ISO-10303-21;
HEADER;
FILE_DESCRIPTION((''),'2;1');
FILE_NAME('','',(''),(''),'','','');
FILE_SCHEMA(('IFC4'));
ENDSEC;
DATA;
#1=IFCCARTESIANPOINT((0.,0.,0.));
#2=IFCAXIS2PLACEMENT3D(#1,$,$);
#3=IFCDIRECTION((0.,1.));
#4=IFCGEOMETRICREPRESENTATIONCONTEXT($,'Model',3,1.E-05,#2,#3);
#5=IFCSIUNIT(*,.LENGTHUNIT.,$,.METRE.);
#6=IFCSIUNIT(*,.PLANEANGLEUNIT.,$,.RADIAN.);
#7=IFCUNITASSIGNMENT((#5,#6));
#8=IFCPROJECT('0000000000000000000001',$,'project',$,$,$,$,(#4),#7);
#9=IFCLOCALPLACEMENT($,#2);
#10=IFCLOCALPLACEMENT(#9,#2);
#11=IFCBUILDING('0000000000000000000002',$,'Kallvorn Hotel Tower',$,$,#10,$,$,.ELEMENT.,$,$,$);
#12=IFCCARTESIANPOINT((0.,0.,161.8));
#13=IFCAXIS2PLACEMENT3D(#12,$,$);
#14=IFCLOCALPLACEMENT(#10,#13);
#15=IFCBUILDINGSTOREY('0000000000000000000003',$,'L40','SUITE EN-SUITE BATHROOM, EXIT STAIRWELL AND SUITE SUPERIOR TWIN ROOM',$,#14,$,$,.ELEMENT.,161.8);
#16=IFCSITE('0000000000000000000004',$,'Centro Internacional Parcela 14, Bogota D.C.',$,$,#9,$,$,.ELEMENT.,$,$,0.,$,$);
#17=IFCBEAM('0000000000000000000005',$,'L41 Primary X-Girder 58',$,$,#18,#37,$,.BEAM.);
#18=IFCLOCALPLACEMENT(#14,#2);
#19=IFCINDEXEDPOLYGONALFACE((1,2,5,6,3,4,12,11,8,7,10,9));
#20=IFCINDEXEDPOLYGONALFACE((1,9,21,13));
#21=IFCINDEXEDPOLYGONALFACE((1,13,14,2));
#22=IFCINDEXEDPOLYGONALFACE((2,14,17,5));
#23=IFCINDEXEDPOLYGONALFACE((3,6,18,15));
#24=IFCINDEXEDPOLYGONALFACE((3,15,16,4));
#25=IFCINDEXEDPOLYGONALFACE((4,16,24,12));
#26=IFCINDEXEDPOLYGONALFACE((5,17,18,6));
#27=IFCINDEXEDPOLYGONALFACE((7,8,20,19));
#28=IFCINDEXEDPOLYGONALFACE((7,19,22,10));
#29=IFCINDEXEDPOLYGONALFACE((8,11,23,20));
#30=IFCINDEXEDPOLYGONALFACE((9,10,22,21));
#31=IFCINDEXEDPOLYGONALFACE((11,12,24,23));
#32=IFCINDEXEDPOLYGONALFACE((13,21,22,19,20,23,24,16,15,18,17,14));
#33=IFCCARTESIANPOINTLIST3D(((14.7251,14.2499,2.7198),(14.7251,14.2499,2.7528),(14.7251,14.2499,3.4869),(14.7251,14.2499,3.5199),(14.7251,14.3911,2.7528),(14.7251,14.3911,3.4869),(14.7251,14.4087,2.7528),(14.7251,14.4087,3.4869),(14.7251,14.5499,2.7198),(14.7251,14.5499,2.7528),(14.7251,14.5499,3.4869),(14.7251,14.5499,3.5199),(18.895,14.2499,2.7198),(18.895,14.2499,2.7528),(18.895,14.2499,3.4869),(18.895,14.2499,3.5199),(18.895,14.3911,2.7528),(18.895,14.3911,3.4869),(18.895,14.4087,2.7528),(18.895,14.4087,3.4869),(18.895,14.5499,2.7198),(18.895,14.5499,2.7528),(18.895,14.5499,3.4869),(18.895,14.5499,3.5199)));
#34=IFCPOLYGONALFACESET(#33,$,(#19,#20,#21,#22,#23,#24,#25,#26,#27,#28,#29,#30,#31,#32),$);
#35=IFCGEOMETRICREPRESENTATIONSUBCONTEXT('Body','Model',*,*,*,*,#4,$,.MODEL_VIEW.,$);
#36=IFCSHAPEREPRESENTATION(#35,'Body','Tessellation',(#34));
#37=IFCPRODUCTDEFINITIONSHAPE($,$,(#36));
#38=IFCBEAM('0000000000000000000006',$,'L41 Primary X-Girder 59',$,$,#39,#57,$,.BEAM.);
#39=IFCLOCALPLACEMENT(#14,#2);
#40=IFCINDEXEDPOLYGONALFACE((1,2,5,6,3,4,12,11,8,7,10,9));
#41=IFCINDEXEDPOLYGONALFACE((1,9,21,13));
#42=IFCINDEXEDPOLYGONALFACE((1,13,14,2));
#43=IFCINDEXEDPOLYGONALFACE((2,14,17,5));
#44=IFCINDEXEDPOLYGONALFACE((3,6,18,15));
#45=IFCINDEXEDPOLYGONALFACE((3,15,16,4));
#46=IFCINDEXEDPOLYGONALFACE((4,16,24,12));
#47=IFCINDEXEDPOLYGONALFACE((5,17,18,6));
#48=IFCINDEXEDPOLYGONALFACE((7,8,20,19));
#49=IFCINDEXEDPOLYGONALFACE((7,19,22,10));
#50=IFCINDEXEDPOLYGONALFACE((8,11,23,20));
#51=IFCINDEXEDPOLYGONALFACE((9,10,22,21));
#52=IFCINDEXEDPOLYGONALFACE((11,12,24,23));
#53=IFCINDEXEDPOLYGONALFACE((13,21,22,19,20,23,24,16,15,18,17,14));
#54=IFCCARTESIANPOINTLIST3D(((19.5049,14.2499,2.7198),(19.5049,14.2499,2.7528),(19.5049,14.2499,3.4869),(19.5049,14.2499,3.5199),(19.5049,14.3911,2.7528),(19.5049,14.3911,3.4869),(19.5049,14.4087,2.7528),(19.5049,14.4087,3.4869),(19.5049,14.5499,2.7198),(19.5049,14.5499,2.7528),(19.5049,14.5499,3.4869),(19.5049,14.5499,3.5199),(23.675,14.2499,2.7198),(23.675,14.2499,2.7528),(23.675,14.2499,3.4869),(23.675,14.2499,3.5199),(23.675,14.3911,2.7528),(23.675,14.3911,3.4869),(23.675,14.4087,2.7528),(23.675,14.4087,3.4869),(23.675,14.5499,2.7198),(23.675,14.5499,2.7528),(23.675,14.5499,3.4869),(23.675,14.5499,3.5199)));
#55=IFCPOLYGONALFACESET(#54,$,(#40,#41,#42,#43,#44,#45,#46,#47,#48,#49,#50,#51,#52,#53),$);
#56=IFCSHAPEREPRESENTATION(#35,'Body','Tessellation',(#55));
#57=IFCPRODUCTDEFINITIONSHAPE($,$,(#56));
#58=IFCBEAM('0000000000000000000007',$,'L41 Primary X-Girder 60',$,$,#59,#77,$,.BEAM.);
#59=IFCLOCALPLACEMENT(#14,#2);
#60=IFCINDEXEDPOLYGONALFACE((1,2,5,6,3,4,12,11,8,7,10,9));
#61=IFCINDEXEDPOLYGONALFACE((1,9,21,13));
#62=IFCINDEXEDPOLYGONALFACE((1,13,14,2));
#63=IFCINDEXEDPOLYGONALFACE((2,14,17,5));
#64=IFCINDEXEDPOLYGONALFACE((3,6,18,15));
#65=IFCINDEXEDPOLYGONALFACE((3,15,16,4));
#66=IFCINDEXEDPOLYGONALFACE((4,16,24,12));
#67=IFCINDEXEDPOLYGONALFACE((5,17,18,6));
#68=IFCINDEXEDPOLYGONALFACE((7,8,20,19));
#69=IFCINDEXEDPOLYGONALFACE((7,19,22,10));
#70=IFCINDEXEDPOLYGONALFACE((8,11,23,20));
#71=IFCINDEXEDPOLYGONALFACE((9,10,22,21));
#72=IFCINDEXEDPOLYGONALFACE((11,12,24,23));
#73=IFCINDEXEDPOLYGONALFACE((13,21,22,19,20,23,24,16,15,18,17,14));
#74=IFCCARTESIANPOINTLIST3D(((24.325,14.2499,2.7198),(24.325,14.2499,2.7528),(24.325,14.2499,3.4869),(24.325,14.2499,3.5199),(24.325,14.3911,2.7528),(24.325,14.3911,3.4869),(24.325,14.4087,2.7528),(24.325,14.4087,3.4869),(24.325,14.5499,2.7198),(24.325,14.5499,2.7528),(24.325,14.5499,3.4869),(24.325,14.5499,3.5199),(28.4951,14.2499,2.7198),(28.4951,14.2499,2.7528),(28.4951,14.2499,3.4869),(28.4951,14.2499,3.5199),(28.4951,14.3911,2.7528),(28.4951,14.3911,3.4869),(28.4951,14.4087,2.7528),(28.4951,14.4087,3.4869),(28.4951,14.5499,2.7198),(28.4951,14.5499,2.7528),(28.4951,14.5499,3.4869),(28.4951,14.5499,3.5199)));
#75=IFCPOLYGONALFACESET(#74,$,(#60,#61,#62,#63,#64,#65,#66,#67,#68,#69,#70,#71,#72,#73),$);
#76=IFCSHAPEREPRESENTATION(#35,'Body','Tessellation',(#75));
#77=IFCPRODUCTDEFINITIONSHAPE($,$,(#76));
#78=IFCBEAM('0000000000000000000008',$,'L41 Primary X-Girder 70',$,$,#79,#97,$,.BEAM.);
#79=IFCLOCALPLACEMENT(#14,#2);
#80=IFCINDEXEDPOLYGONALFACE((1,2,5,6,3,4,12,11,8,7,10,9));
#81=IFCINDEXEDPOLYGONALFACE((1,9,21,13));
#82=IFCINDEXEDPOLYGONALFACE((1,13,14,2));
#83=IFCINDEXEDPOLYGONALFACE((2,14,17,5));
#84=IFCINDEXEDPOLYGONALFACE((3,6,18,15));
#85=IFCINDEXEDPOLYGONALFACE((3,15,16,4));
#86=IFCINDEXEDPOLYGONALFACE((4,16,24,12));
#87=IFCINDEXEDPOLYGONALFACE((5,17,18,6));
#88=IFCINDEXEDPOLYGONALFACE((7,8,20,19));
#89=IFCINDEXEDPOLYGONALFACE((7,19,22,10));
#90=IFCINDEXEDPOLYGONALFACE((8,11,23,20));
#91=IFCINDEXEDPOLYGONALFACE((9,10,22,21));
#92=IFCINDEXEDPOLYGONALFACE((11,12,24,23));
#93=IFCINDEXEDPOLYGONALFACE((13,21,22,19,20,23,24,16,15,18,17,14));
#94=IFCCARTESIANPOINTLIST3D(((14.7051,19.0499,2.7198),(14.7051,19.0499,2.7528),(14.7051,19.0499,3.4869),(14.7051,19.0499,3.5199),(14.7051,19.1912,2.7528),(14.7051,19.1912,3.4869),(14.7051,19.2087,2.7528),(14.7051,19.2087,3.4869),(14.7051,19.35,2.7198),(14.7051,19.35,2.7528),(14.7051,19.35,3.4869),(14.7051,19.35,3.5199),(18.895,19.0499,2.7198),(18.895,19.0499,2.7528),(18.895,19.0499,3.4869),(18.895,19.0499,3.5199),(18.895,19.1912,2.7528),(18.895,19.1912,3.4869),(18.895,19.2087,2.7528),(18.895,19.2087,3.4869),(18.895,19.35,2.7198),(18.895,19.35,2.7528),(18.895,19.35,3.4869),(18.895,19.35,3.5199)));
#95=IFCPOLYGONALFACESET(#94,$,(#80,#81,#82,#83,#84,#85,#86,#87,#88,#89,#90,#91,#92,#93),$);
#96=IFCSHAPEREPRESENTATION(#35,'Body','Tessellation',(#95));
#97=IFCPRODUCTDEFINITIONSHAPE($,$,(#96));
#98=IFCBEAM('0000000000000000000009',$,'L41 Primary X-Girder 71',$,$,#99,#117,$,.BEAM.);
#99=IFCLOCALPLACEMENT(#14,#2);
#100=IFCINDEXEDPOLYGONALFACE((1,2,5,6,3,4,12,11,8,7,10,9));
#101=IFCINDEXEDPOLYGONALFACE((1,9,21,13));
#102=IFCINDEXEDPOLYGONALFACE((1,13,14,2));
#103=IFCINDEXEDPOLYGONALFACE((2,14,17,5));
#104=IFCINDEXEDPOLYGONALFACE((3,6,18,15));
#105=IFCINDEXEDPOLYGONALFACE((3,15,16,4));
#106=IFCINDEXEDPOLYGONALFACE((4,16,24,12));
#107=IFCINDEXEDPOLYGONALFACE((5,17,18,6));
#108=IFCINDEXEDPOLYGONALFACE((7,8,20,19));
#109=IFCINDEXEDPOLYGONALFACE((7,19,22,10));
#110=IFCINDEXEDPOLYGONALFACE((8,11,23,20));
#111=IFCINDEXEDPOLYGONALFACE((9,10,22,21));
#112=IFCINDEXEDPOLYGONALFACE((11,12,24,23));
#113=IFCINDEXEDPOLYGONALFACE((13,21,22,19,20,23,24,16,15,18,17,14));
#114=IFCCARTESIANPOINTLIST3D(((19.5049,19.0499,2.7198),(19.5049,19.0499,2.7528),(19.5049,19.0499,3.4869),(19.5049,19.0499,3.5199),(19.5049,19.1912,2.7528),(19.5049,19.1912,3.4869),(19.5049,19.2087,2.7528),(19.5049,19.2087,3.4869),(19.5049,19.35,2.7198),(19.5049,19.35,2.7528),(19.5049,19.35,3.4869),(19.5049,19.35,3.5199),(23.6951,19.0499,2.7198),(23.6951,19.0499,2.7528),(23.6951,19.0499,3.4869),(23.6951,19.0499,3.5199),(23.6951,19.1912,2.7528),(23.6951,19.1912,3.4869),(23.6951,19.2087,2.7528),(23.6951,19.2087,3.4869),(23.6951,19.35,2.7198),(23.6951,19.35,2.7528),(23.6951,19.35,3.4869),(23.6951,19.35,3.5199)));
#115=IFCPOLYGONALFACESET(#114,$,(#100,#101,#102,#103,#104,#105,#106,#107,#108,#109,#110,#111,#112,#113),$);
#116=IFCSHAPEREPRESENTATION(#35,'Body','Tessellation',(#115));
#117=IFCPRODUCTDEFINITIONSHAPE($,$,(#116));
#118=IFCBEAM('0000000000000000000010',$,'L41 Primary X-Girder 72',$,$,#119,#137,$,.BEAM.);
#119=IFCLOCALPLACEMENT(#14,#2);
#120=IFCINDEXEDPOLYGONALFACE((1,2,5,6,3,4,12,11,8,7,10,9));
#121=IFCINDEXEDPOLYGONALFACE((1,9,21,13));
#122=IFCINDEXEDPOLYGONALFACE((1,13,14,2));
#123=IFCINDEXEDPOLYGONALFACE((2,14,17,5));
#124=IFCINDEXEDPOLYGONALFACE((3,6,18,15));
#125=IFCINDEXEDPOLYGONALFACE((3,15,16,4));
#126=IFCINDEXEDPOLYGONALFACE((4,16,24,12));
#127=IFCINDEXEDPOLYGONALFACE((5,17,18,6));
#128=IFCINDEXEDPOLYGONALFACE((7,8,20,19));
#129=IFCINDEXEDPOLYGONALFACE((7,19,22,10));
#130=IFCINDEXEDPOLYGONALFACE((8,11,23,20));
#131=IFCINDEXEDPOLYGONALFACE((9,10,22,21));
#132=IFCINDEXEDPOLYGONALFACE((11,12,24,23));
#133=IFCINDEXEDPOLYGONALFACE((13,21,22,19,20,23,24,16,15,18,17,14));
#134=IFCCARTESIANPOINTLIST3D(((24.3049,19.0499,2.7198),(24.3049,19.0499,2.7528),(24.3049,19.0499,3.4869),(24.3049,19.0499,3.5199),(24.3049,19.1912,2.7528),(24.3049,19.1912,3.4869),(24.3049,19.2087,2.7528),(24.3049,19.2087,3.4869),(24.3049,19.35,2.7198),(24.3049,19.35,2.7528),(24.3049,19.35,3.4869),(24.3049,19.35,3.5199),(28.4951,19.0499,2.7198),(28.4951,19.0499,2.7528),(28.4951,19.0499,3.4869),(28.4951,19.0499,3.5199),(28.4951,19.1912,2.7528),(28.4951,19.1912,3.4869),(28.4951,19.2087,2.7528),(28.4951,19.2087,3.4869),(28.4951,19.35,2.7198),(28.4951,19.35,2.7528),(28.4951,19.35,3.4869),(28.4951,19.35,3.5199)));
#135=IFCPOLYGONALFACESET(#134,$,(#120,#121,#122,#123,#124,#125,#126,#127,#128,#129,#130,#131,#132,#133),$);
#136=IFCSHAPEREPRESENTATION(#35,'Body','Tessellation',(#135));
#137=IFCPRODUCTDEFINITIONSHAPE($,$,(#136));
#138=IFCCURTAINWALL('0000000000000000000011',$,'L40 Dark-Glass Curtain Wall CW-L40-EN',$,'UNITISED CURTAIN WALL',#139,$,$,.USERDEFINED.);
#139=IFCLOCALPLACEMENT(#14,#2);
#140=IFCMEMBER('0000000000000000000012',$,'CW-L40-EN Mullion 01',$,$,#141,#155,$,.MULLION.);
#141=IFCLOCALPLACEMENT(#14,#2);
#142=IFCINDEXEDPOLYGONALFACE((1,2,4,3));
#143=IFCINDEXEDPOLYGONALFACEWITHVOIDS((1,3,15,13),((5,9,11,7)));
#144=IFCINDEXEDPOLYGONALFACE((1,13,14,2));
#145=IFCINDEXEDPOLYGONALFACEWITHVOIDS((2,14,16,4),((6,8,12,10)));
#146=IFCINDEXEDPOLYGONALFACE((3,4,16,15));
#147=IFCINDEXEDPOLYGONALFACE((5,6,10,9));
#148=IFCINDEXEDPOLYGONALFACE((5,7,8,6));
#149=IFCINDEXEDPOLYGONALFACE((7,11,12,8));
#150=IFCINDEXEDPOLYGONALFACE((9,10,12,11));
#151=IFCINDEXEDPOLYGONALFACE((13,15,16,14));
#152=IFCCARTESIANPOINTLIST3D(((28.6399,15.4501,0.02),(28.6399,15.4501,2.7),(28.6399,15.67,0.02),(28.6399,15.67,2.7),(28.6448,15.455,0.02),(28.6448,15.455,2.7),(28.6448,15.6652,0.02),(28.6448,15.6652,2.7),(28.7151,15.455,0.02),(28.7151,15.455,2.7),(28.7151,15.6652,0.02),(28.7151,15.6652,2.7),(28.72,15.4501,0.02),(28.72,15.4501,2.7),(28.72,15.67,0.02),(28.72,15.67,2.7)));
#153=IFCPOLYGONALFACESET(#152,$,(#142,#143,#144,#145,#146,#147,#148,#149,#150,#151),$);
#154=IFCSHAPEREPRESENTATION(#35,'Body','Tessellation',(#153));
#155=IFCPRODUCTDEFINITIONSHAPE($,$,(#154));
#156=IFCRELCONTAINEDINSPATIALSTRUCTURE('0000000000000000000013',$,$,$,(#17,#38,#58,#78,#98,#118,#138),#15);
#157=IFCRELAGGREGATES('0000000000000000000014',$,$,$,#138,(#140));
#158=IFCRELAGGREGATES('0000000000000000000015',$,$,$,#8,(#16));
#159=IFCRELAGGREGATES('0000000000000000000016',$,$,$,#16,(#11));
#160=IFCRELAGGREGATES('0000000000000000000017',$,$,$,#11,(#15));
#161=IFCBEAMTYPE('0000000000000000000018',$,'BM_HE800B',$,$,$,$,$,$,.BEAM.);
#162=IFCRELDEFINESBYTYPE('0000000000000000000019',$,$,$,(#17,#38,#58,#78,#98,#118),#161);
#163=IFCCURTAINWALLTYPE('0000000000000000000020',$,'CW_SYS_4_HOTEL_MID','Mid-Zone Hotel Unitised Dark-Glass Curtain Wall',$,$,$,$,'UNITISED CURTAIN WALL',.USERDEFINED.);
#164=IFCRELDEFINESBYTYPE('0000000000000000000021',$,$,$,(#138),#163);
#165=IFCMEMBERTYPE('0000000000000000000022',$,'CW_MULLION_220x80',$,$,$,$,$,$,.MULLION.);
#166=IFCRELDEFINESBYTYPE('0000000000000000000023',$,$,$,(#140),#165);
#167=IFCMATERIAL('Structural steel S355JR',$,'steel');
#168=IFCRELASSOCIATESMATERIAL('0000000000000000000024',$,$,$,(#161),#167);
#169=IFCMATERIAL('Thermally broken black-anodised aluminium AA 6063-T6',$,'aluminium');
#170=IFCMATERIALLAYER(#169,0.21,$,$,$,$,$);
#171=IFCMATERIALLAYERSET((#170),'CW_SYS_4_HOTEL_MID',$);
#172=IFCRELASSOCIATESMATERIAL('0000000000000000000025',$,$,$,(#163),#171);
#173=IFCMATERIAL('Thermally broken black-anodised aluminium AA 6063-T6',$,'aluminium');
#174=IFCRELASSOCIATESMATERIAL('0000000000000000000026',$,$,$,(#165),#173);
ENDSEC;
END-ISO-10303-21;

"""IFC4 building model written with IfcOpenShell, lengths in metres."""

from ifc_helpers import new_model, si_unit, direction, frame, origin, origin_2d, place, context, subcontext, project, spatial, hollow_rectangle, i_section, extrude, material, layer, layer_set, material_profile, profile_set, type_object, element, aggregate, save


model = new_model("IFC4")

# Units and contexts
model_context = context("Model", 3, precision=1e-05, world=origin(), true_north=direction((0.0, 1.0)))
body_context = subcontext(model_context, "Body", "Model", "MODEL_VIEW")
ifc_project = project(units=[si_unit("LENGTHUNIT", "METRE"), si_unit("PLANEANGLEUNIT", "RADIAN")], contexts=[model_context])

# Site, building, storey
site_placement = place(None, origin())
site = spatial("IfcSite", under=ifc_project, at=site_placement, Name="Centro Internacional Parcela 14, Bogota D.C.", CompositionType="ELEMENT", RefElevation=0.0)
building_placement = place(site_placement, origin())
building = spatial("IfcBuilding", under=site, at=building_placement, Name="Kallvorn Hotel Tower", CompositionType="ELEMENT")
storey_placement = place(building_placement, frame((0.0, 0.0, 161.8)))
storey = spatial("IfcBuildingStorey", under=building, at=storey_placement, Name="L40", Description="SUITE EN-SUITE BATHROOM, EXIT STAIRWELL AND SUITE SUPERIOR TWIN ROOM", CompositionType="ELEMENT", Elevation=161.8)

# Beams
ifc_material_1 = material(Name="Structural steel S355JR", Category="steel")
ifc_material_profile_1 = material_profile(ifc_material_1, i_section(OverallWidth=0.3, OverallDepth=0.8, WebThickness=0.0176, FlangeThickness=0.033, at=origin_2d()), Name="HE 800 B")
ifc_profile_set_1 = profile_set([ifc_material_profile_1], Name="Structural steel S355JR")
beam_type_1 = type_object("IfcBeamType", Name="BM_HE800B", PredefinedType="BEAM", material=ifc_profile_set_1)
beam_1_placement = place(storey_placement, frame((14.7251, 14.3999, 3.1199), z_axis=(1.0, 0.0, 0.0), x_axis=(0.0, 1.0, 0.0)))
element("IfcBeam", 1, at=beam_1_placement, inside=storey, type_object=beam_type_1, Name="L41 Primary X-Girder 58", PredefinedType="BEAM", context=body_context, shape_type="SweptSolid", body=[
    extrude(i_section(OverallWidth=0.3, OverallDepth=0.8, WebThickness=0.0176, FlangeThickness=0.033, at=origin_2d()), origin(), (0.0, 0.0, 1.0), 4.1699),
])
for number, where, z_axis, x_axis, name in (
    (2, (19.5049, 14.3999, 3.1199), (1.0, 0.0, 0.0), (0.0, 1.0, 0.0), "L41 Primary X-Girder 59"),
    (3, (24.325, 14.3999, 3.1199), (1.0, 0.0, 0.0), (0.0, 1.0, 0.0), "L41 Primary X-Girder 60"),
):
    element("IfcBeam", number, at=place(storey_placement, frame(where, z_axis=z_axis, x_axis=x_axis)), inside=storey, type_object=beam_type_1, Name=name, PredefinedType="BEAM", context=body_context, shape_type="SweptSolid", body=[
        extrude(i_section(OverallWidth=0.3, OverallDepth=0.8, WebThickness=0.0176, FlangeThickness=0.033, at=origin_2d()), origin(), (0.0, 0.0, 1.0), 4.1702),
    ])
beam_2_placement = place(storey_placement, frame((14.7051, 19.2, 3.1199), z_axis=(1.0, 0.0, 0.0), x_axis=(0.0, 1.0, 0.0)))
element("IfcBeam", 4, at=beam_2_placement, inside=storey, type_object=beam_type_1, Name="L41 Primary X-Girder 70", PredefinedType="BEAM", context=body_context, shape_type="SweptSolid", body=[
    extrude(i_section(OverallWidth=0.3, OverallDepth=0.8, WebThickness=0.0176, FlangeThickness=0.033, at=origin_2d()), origin(), (0.0, 0.0, 1.0), 4.1899),
])
for number, where, z_axis, x_axis, name in (
    (5, (19.5049, 19.2, 3.1199), (1.0, 0.0, 0.0), (0.0, 1.0, 0.0), "L41 Primary X-Girder 71"),
    (6, (24.3049, 19.2, 3.1199), (1.0, 0.0, 0.0), (0.0, 1.0, 0.0), "L41 Primary X-Girder 72"),
):
    element("IfcBeam", number, at=place(storey_placement, frame(where, z_axis=z_axis, x_axis=x_axis)), inside=storey, type_object=beam_type_1, Name=name, PredefinedType="BEAM", context=body_context, shape_type="SweptSolid", body=[
        extrude(i_section(OverallWidth=0.3, OverallDepth=0.8, WebThickness=0.0176, FlangeThickness=0.033, at=origin_2d()), origin(), (0.0, 0.0, 1.0), 4.1902),
    ])

# Curtain wall, member
ifc_material_2 = material(Name="Thermally broken black-anodised aluminium AA 6063-T6", Category="aluminium")
ifc_layer_1 = layer(ifc_material_2, 0.21)
ifc_layer_set_1 = layer_set([ifc_layer_1], Name="CW_SYS_4_HOTEL_MID")
curtain_wall_type = type_object("IfcCurtainWallType", Name="CW_SYS_4_HOTEL_MID", Description="Mid-Zone Hotel Unitised Dark-Glass Curtain Wall", ElementType="UNITISED CURTAIN WALL", PredefinedType="USERDEFINED", material=ifc_layer_set_1)
curtain_wall_placement = place(storey_placement, origin())
curtain_wall = element("IfcCurtainWall", 7, at=curtain_wall_placement, inside=storey, type_object=curtain_wall_type, Name="L40 Dark-Glass Curtain Wall CW-L40-EN", ObjectType="UNITISED CURTAIN WALL", PredefinedType="USERDEFINED")
ifc_material_3 = material(Name="Thermally broken black-anodised aluminium AA 6063-T6", Category="aluminium")
ifc_material_profile_2 = material_profile(ifc_material_3, hollow_rectangle(XDim=0.0801, YDim=0.22, WallThickness=0.0049, at=origin_2d()), Name="MUL 220x80")
ifc_profile_set_2 = profile_set([ifc_material_profile_2], Name="Thermally broken black-anodised aluminium AA 6063-T6")
member_type_1 = type_object("IfcMemberType", Name="CW_MULLION_220x80", PredefinedType="MULLION", material=ifc_profile_set_2)
member_placement = place(storey_placement, frame((28.6799, 15.5601, 0.02), z_axis=(0.0, 0.0, 1.0), x_axis=(1.0, 0.0, 0.0)))
member = element("IfcMember", 8, at=member_placement, type_object=member_type_1, Name="CW-L40-EN Mullion 01", PredefinedType="MULLION", context=body_context, shape_type="SweptSolid", body=[
    extrude(hollow_rectangle(XDim=0.0801, YDim=0.22, WallThickness=0.0049, at=origin_2d()), origin(), (0.0, 0.0, 1.0), 2.6799),
])
aggregate(curtain_wall, [member])

save(model, "model.ifc")
